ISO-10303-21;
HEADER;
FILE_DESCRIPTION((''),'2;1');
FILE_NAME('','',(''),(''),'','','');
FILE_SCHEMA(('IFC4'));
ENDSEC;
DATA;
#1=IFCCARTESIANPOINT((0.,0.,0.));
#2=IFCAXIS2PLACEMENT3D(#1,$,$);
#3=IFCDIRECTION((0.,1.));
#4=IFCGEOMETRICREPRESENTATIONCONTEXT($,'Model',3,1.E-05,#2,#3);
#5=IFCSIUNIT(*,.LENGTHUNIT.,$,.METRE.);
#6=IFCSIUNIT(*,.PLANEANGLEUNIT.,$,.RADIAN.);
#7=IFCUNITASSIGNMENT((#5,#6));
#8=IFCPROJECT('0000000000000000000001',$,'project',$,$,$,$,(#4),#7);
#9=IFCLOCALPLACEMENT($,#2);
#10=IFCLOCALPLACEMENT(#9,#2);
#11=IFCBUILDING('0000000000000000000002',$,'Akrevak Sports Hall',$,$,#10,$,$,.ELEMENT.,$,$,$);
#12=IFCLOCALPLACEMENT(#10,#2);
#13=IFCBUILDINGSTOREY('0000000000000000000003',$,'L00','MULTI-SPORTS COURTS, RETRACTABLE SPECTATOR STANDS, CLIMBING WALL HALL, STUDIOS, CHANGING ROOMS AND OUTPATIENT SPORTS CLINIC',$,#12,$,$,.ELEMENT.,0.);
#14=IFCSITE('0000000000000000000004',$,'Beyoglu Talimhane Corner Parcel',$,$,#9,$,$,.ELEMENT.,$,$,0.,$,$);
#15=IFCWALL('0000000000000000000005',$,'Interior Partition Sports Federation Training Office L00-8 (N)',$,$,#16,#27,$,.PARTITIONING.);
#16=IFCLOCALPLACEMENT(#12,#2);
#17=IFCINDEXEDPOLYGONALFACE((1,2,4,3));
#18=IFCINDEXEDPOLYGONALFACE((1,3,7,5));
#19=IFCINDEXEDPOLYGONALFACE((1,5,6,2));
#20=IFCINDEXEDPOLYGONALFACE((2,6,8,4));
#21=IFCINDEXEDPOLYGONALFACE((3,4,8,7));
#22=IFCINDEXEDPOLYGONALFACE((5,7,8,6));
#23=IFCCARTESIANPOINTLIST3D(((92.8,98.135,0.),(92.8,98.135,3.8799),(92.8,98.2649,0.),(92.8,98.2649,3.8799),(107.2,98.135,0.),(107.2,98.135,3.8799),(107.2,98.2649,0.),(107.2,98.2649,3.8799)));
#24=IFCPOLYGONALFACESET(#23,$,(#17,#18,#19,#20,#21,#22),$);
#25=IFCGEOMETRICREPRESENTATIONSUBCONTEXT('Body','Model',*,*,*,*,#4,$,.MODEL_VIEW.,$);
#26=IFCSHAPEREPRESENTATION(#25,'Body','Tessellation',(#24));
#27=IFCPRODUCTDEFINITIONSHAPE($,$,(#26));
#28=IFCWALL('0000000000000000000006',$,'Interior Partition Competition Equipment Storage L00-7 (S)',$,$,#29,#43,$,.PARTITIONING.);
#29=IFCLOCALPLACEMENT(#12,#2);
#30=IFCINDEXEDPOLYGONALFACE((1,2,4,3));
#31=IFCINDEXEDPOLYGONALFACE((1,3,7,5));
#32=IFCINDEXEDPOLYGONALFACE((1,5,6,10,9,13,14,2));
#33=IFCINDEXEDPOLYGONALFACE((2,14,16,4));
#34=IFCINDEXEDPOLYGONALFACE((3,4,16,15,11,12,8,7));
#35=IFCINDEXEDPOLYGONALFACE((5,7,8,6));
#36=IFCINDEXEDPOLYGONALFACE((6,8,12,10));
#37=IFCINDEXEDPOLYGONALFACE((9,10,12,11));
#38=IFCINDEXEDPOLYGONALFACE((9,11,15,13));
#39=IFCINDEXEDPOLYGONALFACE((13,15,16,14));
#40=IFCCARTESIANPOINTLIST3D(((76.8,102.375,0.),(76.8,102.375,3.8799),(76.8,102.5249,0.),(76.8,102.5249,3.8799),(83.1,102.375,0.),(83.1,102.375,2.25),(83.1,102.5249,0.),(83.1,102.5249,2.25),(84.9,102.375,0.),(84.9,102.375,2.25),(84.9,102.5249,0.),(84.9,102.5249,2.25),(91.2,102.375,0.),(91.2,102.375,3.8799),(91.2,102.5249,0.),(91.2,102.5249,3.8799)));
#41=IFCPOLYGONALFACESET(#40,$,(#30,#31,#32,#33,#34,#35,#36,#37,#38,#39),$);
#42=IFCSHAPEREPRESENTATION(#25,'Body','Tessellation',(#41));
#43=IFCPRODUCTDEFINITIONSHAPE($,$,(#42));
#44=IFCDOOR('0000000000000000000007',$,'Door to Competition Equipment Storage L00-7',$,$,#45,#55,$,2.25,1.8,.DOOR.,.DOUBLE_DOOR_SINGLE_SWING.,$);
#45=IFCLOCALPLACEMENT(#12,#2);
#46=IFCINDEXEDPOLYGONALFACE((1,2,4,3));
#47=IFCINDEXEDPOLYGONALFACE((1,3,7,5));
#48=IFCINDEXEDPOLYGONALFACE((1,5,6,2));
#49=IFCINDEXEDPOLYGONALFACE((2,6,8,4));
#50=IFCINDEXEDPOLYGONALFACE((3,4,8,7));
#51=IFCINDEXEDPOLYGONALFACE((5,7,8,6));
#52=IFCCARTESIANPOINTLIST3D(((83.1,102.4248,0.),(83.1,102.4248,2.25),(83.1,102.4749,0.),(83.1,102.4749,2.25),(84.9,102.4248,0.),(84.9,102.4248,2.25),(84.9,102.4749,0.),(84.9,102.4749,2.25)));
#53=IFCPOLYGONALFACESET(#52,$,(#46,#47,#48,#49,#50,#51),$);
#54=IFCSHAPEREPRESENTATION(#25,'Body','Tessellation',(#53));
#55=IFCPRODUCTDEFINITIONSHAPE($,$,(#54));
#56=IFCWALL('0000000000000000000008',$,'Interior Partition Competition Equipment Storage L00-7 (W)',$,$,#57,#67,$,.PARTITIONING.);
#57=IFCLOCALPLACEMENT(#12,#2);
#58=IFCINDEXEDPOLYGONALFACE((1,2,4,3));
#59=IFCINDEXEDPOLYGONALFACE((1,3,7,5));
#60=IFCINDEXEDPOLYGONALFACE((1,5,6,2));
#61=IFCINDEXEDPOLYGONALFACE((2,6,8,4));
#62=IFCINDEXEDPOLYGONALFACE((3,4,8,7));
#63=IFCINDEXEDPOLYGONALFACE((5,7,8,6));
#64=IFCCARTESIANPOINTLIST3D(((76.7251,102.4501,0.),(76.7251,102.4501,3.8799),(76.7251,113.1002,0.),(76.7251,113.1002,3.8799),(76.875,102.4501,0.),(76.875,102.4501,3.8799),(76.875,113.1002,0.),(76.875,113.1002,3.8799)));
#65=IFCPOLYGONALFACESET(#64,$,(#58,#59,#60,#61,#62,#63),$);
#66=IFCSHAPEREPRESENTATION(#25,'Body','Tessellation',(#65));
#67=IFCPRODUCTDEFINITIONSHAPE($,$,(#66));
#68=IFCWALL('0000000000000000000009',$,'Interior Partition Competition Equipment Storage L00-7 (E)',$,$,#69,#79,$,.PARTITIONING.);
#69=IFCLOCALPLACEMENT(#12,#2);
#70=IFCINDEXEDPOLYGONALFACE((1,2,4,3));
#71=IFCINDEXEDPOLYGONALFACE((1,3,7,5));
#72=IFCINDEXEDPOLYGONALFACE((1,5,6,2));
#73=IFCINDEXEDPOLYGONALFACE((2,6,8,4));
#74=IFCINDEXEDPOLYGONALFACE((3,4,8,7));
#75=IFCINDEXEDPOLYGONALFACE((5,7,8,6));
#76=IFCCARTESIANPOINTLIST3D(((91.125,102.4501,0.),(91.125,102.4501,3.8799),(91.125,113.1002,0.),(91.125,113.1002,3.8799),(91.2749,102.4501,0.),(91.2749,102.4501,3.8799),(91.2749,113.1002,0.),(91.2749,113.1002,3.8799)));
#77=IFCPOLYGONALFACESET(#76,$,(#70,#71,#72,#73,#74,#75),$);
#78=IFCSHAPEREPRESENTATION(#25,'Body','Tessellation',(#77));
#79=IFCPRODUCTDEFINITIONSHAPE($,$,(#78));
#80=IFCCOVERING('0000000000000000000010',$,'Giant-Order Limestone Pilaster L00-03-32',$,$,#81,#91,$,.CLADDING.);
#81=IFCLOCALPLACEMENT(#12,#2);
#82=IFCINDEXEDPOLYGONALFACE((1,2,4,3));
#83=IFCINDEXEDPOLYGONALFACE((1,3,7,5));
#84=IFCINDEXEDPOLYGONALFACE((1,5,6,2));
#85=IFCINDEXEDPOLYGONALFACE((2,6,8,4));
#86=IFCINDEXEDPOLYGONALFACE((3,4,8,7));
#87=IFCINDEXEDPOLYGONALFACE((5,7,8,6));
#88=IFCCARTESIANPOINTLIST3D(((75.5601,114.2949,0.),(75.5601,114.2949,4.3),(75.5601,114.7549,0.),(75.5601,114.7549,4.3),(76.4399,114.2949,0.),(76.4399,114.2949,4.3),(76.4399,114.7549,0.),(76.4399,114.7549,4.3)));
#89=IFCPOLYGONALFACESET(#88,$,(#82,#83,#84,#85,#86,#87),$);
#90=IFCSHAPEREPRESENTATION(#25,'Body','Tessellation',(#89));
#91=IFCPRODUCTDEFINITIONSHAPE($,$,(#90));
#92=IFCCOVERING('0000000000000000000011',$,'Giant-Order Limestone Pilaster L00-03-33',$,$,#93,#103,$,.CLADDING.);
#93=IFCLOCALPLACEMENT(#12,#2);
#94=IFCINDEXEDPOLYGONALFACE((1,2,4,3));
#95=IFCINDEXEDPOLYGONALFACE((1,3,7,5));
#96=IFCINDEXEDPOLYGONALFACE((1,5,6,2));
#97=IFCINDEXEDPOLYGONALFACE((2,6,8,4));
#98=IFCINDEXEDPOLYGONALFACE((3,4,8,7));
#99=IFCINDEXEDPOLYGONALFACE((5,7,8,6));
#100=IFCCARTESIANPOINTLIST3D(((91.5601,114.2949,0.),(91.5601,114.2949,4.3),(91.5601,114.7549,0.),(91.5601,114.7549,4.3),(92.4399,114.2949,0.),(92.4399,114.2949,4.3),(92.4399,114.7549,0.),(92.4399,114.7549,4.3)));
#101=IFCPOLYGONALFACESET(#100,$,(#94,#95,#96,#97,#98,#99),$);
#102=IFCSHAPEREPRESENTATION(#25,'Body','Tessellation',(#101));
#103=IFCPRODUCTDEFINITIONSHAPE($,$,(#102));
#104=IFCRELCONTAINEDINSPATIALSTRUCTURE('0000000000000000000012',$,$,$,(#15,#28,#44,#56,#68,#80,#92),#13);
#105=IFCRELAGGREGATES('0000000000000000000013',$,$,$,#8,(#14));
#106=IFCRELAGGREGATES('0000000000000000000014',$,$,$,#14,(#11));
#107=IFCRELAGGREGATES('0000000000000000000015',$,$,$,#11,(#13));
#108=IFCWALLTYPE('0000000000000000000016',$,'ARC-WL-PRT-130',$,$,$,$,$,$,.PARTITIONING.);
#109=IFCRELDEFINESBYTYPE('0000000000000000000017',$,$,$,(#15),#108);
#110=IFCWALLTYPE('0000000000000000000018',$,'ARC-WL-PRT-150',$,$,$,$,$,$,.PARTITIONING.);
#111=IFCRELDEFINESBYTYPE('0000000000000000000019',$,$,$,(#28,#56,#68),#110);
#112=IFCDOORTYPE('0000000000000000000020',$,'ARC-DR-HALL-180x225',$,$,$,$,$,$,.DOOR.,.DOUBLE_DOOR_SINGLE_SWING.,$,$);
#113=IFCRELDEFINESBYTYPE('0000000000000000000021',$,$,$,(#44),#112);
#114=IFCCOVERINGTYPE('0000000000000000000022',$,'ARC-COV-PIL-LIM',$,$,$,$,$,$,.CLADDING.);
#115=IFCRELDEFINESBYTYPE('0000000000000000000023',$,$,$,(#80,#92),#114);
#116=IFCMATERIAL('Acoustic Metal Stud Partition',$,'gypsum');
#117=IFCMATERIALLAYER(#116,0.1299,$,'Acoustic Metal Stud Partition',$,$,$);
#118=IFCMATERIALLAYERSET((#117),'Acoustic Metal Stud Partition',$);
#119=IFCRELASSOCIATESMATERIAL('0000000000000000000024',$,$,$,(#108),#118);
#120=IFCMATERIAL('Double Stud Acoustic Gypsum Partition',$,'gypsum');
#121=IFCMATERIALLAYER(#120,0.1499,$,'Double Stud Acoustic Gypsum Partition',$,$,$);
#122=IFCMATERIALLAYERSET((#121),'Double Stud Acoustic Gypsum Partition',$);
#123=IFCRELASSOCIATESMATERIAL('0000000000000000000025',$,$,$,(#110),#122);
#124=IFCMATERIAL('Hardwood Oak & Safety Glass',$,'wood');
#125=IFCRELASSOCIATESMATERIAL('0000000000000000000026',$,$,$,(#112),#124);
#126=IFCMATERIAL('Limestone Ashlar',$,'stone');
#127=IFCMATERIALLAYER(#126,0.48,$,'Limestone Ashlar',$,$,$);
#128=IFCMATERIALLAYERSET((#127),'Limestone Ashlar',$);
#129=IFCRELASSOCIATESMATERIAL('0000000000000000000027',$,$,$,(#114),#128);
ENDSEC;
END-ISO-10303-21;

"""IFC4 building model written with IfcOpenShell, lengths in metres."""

from ifc_helpers import new_model, si_unit, direction, frame, frame_2d, origin, origin_2d, place, context, subcontext, project, spatial, rectangle, extrude, material, layer, layer_set, type_object, element, fill, save


model = new_model("IFC4")

# Units and contexts
model_context = context("Model", 3, precision=1e-05, world=origin(), true_north=direction((0.0, 1.0)))
body_context = subcontext(model_context, "Body", "Model", "MODEL_VIEW")
ifc_project = project(units=[si_unit("LENGTHUNIT", "METRE"), si_unit("PLANEANGLEUNIT", "RADIAN")], contexts=[model_context])

# Site, building, storey
site_placement = place(None, origin())
site = spatial("IfcSite", under=ifc_project, at=site_placement, Name="Beyoglu Talimhane Corner Parcel", CompositionType="ELEMENT", RefElevation=0.0)
building_placement = place(site_placement, origin())
building = spatial("IfcBuilding", under=site, at=building_placement, Name="Akrevak Sports Hall", CompositionType="ELEMENT")
storey_placement = place(building_placement, origin())
storey = spatial("IfcBuildingStorey", under=building, at=storey_placement, Name="L00", Description="MULTI-SPORTS COURTS, RETRACTABLE SPECTATOR STANDS, CLIMBING WALL HALL, STUDIOS, CHANGING ROOMS AND OUTPATIENT SPORTS CLINIC", CompositionType="ELEMENT", Elevation=0.0)

# Shared definitions
ifc_material_1 = material(Name="Limestone Ashlar", Category="stone")

# Wall
ifc_material_2 = material(Name="Acoustic Metal Stud Partition", Category="gypsum")
ifc_layer_1 = layer(ifc_material_2, 0.1299, Name="Acoustic Metal Stud Partition")
ifc_layer_set_1 = layer_set([ifc_layer_1], Name="Acoustic Metal Stud Partition")
wall_type_1 = type_object("IfcWallType", Name="ARC-WL-PRT-130", PredefinedType="PARTITIONING", material=ifc_layer_set_1)
wall_1_placement = place(storey_placement, frame((92.8, 98.2, 0.0), z_axis=(0.0, 0.0, 1.0), x_axis=(1.0, 0.0, 0.0)))
element("IfcWall", 1, at=wall_1_placement, inside=storey, type_object=wall_type_1, Name="Interior Partition Sports Federation Training Office L00-8 (N)", PredefinedType="PARTITIONING", context=body_context, shape_type="SweptSolid", body=[
    extrude(rectangle(XDim=14.3999, YDim=0.1299, at=frame_2d((7.2, 0.0))), origin(), (0.0, 0.0, 1.0), 3.8799),
])

# Wall, opening, door
ifc_material_3 = material(Name="Double Stud Acoustic Gypsum Partition", Category="gypsum")
ifc_layer_2 = layer(ifc_material_3, 0.1499, Name="Double Stud Acoustic Gypsum Partition")
ifc_layer_set_2 = layer_set([ifc_layer_2], Name="Double Stud Acoustic Gypsum Partition")
wall_type_2 = type_object("IfcWallType", Name="ARC-WL-PRT-150", PredefinedType="PARTITIONING", material=ifc_layer_set_2)
wall_2_placement = place(storey_placement, frame((76.8, 102.45, 0.0), z_axis=(0.0, 0.0, 1.0), x_axis=(1.0, 0.0, 0.0)))
wall_2 = element("IfcWall", 2, at=wall_2_placement, inside=storey, type_object=wall_type_2, Name="Interior Partition Competition Equipment Storage L00-7 (S)", PredefinedType="PARTITIONING", context=body_context, shape_type="SweptSolid", body=[
    extrude(rectangle(XDim=14.3999, YDim=0.1499, at=frame_2d((7.2, 0.0))), origin(), (0.0, 0.0, 1.0), 3.8799),
])
opening_1_placement = place(wall_2_placement, frame((6.3, 0.0, 0.0)))
opening_1 = element("IfcOpeningElement", 3, at=opening_1_placement, cuts=wall_2, PredefinedType="OPENING", context=body_context, shape_type="SweptSolid", body=[
    extrude(rectangle(XDim=1.8, YDim=2.25, at=frame_2d((0.8999, 1.125))), frame((0.0, 0.0869, 0.0), z_axis=(0.0, -1.0, 0.0), x_axis=(1.0, 0.0, 0.0)), (0.0, 0.0, 1.0), 0.1738),
])
ifc_material_4 = material(Name="Hardwood Oak & Safety Glass", Category="wood")
door_type_1 = type_object("IfcDoorType", Name="ARC-DR-HALL-180x225", OperationType="DOUBLE_DOOR_SINGLE_SWING", PredefinedType="DOOR", material=ifc_material_4)
door_1_placement = place(opening_1_placement, origin())
door_1 = element("IfcDoor", 4, at=door_1_placement, inside=storey, type_object=door_type_1, Name="Door to Competition Equipment Storage L00-7", OperationType="DOUBLE_DOOR_SINGLE_SWING", OverallHeight=2.25, OverallWidth=1.8, PredefinedType="DOOR", context=body_context, shape_type="SweptSolid", body=[
    extrude(rectangle(XDim=1.8, YDim=2.25, at=frame_2d((0.8999, 1.125))), frame((0.0, 0.0249, 0.0), z_axis=(0.0, -1.0, 0.0), x_axis=(1.0, 0.0, 0.0)), (0.0, 0.0, 1.0), 0.05),
])
fill(opening_1, door_1)

# Walls
for number, where, z_axis, x_axis, name in (
    (5, (76.8, 102.45, 0.0), (0.0, 0.0, 1.0), (0.0, 1.0, 0.0), "Interior Partition Competition Equipment Storage L00-7 (W)"),
    (6, (91.2, 102.45, 0.0), (0.0, 0.0, 1.0), (0.0, 1.0, 0.0), "Interior Partition Competition Equipment Storage L00-7 (E)"),
):
    element("IfcWall", number, at=place(storey_placement, frame(where, z_axis=z_axis, x_axis=x_axis)), inside=storey, type_object=wall_type_2, Name=name, PredefinedType="PARTITIONING", context=body_context, shape_type="SweptSolid", body=[
        extrude(rectangle(XDim=10.6501, YDim=0.1499, at=frame_2d((5.3252, 0.0))), origin(), (0.0, 0.0, 1.0), 3.8799),
    ])

# Coverings
ifc_layer_3 = layer(ifc_material_1, 0.48, Name="Limestone Ashlar")
ifc_layer_set_3 = layer_set([ifc_layer_3], Name="Limestone Ashlar")
covering_type = type_object("IfcCoveringType", Name="ARC-COV-PIL-LIM", PredefinedType="CLADDING", material=ifc_layer_set_3)
for number, where, z_axis, x_axis, name in (
    (7, (76.0, 114.5249, 0.0), (0.0, 0.0, 1.0), (-1.0, 0.0, 0.0), "Giant-Order Limestone Pilaster L00-03-32"),
    (8, (92.0, 114.5249, 0.0), (0.0, 0.0, 1.0), (-1.0, 0.0, 0.0), "Giant-Order Limestone Pilaster L00-03-33"),
):
    element("IfcCovering", number, at=place(storey_placement, frame(where, z_axis=z_axis, x_axis=x_axis)), inside=storey, type_object=covering_type, Name=name, PredefinedType="CLADDING", context=body_context, shape_type="SweptSolid", body=[
        extrude(rectangle(XDim=0.8799, YDim=0.46, at=origin_2d()), origin(), (0.0, 0.0, 1.0), 4.3),
    ])

save(model, "model.ifc")
